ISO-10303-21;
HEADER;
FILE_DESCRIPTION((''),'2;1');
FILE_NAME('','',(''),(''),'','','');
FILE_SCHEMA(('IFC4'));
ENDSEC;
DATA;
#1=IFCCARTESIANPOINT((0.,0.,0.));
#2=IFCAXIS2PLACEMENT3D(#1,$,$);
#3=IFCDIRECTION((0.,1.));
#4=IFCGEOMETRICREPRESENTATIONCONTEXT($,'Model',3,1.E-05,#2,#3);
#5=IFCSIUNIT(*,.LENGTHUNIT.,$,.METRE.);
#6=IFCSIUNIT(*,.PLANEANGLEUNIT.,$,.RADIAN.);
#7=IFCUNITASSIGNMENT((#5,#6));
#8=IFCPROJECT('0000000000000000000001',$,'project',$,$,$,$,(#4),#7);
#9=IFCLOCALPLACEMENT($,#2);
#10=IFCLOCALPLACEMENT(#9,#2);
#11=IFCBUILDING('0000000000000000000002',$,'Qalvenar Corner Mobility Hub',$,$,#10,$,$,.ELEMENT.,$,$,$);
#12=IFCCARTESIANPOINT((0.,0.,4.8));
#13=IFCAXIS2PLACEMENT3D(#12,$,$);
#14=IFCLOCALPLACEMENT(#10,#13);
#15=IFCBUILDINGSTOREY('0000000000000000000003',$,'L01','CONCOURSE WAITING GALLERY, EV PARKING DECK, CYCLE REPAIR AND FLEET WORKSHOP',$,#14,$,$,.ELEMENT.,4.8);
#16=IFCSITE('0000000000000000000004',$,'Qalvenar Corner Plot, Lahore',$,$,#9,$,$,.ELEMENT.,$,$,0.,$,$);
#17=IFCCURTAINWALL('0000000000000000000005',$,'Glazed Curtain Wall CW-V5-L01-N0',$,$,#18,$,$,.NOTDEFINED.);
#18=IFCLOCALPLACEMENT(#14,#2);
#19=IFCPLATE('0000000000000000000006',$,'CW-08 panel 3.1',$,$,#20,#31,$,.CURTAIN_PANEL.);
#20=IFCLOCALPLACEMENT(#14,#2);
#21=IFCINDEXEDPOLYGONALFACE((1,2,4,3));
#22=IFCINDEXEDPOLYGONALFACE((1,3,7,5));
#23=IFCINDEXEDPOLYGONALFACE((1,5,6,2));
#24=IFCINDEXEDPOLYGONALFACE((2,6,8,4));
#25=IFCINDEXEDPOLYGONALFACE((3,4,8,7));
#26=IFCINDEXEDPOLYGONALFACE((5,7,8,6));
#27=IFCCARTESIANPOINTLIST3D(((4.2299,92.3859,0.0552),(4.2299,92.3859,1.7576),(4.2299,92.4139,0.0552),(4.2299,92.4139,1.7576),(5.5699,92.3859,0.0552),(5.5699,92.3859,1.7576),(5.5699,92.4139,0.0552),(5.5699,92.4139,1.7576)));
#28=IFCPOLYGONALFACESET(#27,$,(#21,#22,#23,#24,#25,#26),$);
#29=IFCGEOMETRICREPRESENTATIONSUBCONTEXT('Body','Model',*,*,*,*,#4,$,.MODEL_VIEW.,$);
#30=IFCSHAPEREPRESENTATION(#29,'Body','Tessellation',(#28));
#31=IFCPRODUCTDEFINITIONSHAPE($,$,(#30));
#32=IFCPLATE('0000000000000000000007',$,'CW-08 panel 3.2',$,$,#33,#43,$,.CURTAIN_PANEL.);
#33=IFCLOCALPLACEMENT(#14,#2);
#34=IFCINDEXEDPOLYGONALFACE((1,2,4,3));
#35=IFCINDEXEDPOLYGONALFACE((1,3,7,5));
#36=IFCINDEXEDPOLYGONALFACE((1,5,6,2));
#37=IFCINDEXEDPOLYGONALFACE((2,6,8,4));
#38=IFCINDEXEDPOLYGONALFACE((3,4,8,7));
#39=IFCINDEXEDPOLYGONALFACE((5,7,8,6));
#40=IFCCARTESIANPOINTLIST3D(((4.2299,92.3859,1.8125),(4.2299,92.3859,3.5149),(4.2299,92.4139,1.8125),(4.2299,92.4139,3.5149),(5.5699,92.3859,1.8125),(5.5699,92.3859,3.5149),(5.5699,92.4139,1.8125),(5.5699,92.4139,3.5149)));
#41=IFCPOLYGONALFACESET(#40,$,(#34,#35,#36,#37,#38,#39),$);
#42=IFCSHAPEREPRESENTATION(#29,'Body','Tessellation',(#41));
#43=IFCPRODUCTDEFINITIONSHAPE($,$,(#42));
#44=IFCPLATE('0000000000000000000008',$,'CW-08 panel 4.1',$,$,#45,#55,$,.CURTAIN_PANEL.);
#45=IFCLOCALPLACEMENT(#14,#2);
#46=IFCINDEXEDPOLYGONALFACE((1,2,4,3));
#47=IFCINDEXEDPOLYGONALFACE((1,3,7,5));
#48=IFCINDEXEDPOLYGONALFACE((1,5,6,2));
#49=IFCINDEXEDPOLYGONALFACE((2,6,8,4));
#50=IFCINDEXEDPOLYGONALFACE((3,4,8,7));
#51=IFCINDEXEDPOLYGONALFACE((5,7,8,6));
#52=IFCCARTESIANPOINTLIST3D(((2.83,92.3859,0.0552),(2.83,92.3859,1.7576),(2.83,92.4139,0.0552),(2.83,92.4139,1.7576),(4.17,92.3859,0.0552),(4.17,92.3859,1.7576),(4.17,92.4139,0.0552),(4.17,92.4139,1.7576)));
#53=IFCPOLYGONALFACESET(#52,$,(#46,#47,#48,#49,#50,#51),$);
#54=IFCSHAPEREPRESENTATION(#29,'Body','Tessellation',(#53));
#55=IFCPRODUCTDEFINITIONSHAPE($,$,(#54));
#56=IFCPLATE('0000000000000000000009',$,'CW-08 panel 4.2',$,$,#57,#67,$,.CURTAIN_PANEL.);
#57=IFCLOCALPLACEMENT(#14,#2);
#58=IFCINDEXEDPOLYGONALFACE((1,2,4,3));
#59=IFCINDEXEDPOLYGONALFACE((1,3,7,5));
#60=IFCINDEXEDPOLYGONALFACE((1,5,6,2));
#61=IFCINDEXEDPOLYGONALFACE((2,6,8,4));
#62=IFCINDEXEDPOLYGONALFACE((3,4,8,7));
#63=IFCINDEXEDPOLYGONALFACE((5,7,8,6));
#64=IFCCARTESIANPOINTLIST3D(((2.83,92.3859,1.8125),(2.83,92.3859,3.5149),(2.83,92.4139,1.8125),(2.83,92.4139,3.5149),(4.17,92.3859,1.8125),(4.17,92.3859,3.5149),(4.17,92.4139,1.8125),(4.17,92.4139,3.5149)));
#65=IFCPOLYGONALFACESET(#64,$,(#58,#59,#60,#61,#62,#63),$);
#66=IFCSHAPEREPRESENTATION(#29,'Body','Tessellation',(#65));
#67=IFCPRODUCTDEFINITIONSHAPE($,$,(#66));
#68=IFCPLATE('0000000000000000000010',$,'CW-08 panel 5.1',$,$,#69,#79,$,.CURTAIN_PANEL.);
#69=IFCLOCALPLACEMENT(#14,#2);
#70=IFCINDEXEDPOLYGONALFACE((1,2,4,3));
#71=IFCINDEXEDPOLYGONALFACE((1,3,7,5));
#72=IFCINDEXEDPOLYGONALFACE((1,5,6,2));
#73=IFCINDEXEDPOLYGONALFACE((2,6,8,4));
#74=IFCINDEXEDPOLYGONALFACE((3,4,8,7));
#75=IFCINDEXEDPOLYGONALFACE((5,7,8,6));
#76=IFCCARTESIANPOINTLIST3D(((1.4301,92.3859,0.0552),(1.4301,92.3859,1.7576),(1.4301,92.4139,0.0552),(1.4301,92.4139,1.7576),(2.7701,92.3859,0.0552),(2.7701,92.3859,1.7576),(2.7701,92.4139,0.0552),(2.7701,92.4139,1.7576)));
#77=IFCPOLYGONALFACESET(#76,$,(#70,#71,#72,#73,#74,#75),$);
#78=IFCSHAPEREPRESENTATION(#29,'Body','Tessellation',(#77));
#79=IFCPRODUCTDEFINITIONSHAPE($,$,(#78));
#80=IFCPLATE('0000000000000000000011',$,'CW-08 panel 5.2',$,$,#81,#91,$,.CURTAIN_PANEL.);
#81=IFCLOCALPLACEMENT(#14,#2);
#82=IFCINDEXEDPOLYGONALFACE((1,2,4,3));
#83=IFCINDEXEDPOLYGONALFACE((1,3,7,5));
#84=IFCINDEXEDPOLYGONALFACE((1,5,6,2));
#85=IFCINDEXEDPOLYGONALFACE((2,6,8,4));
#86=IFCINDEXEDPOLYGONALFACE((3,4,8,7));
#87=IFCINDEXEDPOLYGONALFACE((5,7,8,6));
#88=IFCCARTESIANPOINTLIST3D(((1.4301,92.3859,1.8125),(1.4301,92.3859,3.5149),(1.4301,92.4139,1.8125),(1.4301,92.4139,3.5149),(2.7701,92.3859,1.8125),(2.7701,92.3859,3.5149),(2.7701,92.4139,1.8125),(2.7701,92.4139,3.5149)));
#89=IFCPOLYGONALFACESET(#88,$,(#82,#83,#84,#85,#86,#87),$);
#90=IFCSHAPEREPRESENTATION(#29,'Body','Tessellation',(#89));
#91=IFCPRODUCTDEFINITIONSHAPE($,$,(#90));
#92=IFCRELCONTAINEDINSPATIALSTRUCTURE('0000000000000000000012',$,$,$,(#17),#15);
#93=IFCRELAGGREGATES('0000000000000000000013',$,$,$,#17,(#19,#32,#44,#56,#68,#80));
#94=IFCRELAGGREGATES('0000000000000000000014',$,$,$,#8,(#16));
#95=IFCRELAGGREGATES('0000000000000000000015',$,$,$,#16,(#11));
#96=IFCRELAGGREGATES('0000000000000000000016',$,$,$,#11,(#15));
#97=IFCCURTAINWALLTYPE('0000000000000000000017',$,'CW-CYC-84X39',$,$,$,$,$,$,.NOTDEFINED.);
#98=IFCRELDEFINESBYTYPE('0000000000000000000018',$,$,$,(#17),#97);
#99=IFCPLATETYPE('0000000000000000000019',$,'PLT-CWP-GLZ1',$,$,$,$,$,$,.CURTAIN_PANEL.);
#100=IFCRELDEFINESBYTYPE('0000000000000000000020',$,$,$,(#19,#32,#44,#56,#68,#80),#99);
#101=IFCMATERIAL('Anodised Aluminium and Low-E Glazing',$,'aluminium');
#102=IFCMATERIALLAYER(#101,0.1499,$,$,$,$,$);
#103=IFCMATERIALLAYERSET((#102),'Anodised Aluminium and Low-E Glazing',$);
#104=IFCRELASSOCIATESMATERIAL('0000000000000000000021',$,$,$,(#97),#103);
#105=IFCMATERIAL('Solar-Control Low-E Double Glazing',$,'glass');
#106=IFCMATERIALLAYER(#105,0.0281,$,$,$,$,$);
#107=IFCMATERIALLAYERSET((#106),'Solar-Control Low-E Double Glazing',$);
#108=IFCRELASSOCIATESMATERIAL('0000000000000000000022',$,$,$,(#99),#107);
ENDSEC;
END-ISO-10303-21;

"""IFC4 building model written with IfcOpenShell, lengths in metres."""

from ifc_helpers import new_model, si_unit, direction, frame, origin, origin_2d, place, context, subcontext, project, spatial, rectangle, extrude, material, layer, layer_set, type_object, element, aggregate, save


model = new_model("IFC4")

# Units and contexts
model_context = context("Model", 3, precision=1e-05, world=origin(), true_north=direction((0.0, 1.0)))
body_context = subcontext(model_context, "Body", "Model", "MODEL_VIEW")
ifc_project = project(units=[si_unit("LENGTHUNIT", "METRE"), si_unit("PLANEANGLEUNIT", "RADIAN")], contexts=[model_context])

# Site, building, storey
site_placement = place(None, origin())
site = spatial("IfcSite", under=ifc_project, at=site_placement, Name="Qalvenar Corner Plot, Lahore", CompositionType="ELEMENT", RefElevation=0.0)
building_placement = place(site_placement, origin())
building = spatial("IfcBuilding", under=site, at=building_placement, Name="Qalvenar Corner Mobility Hub", CompositionType="ELEMENT")
storey_placement = place(building_placement, frame((0.0, 0.0, 4.8)))
storey = spatial("IfcBuildingStorey", under=building, at=storey_placement, Name="L01", Description="CONCOURSE WAITING GALLERY, EV PARKING DECK, CYCLE REPAIR AND FLEET WORKSHOP", CompositionType="ELEMENT", Elevation=4.8)

# Curtain wall, plates
ifc_material_1 = material(Name="Anodised Aluminium and Low-E Glazing", Category="aluminium")
ifc_layer_1 = layer(ifc_material_1, 0.1499)
ifc_layer_set_1 = layer_set([ifc_layer_1], Name="Anodised Aluminium and Low-E Glazing")
curtain_wall_type = type_object("IfcCurtainWallType", Name="CW-CYC-84X39", PredefinedType="NOTDEFINED", material=ifc_layer_set_1)
curtain_wall_placement = place(storey_placement, origin())
curtain_wall = element("IfcCurtainWall", 1, at=curtain_wall_placement, inside=storey, type_object=curtain_wall_type, Name="Glazed Curtain Wall CW-V5-L01-N0", PredefinedType="NOTDEFINED")
ifc_material_2 = material(Name="Solar-Control Low-E Double Glazing", Category="glass")
ifc_layer_2 = layer(ifc_material_2, 0.0281)
ifc_layer_set_2 = layer_set([ifc_layer_2], Name="Solar-Control Low-E Double Glazing")
plate_type = type_object("IfcPlateType", Name="PLT-CWP-GLZ1", PredefinedType="CURTAIN_PANEL", material=ifc_layer_set_2)
plate_1_placement = place(storey_placement, frame((4.8999, 92.3999, 0.0552), z_axis=(0.0, 0.0, 1.0), x_axis=(-1.0, 0.0, 0.0)))
plate_1 = element("IfcPlate", 2, at=plate_1_placement, type_object=plate_type, Name="CW-08 panel 3.1", PredefinedType="CURTAIN_PANEL", context=body_context, shape_type="SweptSolid", body=[
    extrude(rectangle(XDim=1.3401, YDim=0.0281, at=origin_2d()), origin(), (0.0, 0.0, 1.0), 1.7024),
])
plate_2_placement = place(storey_placement, frame((4.8999, 92.3999, 1.8125), z_axis=(0.0, 0.0, 1.0), x_axis=(-1.0, 0.0, 0.0)))
plate_2 = element("IfcPlate", 3, at=plate_2_placement, type_object=plate_type, Name="CW-08 panel 3.2", PredefinedType="CURTAIN_PANEL", context=body_context, shape_type="SweptSolid", body=[
    extrude(rectangle(XDim=1.3401, YDim=0.0281, at=origin_2d()), origin(), (0.0, 0.0, 1.0), 1.7024),
])
plate_3_placement = place(storey_placement, frame((3.5, 92.3999, 0.0552), z_axis=(0.0, 0.0, 1.0), x_axis=(-1.0, 0.0, 0.0)))
plate_3 = element("IfcPlate", 4, at=plate_3_placement, type_object=plate_type, Name="CW-08 panel 4.1", PredefinedType="CURTAIN_PANEL", context=body_context, shape_type="SweptSolid", body=[
    extrude(rectangle(XDim=1.3401, YDim=0.0281, at=origin_2d()), origin(), (0.0, 0.0, 1.0), 1.7024),
])
plate_4_placement = place(storey_placement, frame((3.5, 92.3999, 1.8125), z_axis=(0.0, 0.0, 1.0), x_axis=(-1.0, 0.0, 0.0)))
plate_4 = element("IfcPlate", 5, at=plate_4_placement, type_object=plate_type, Name="CW-08 panel 4.2", PredefinedType="CURTAIN_PANEL", context=body_context, shape_type="SweptSolid", body=[
    extrude(rectangle(XDim=1.3401, YDim=0.0281, at=origin_2d()), origin(), (0.0, 0.0, 1.0), 1.7024),
])
plate_5_placement = place(storey_placement, frame((2.1001, 92.3999, 0.0552), z_axis=(0.0, 0.0, 1.0), x_axis=(-1.0, 0.0, 0.0)))
plate_5 = element("IfcPlate", 6, at=plate_5_placement, type_object=plate_type, Name="CW-08 panel 5.1", PredefinedType="CURTAIN_PANEL", context=body_context, shape_type="SweptSolid", body=[
    extrude(rectangle(XDim=1.3401, YDim=0.0281, at=origin_2d()), origin(), (0.0, 0.0, 1.0), 1.7024),
])
plate_6_placement = place(storey_placement, frame((2.1001, 92.3999, 1.8125), z_axis=(0.0, 0.0, 1.0), x_axis=(-1.0, 0.0, 0.0)))
plate_6 = element("IfcPlate", 7, at=plate_6_placement, type_object=plate_type, Name="CW-08 panel 5.2", PredefinedType="CURTAIN_PANEL", context=body_context, shape_type="SweptSolid", body=[
    extrude(rectangle(XDim=1.3401, YDim=0.0281, at=origin_2d()), origin(), (0.0, 0.0, 1.0), 1.7024),
])
aggregate(curtain_wall, [plate_1, plate_2, plate_3, plate_4, plate_5, plate_6])

save(model, "model.ifc")
